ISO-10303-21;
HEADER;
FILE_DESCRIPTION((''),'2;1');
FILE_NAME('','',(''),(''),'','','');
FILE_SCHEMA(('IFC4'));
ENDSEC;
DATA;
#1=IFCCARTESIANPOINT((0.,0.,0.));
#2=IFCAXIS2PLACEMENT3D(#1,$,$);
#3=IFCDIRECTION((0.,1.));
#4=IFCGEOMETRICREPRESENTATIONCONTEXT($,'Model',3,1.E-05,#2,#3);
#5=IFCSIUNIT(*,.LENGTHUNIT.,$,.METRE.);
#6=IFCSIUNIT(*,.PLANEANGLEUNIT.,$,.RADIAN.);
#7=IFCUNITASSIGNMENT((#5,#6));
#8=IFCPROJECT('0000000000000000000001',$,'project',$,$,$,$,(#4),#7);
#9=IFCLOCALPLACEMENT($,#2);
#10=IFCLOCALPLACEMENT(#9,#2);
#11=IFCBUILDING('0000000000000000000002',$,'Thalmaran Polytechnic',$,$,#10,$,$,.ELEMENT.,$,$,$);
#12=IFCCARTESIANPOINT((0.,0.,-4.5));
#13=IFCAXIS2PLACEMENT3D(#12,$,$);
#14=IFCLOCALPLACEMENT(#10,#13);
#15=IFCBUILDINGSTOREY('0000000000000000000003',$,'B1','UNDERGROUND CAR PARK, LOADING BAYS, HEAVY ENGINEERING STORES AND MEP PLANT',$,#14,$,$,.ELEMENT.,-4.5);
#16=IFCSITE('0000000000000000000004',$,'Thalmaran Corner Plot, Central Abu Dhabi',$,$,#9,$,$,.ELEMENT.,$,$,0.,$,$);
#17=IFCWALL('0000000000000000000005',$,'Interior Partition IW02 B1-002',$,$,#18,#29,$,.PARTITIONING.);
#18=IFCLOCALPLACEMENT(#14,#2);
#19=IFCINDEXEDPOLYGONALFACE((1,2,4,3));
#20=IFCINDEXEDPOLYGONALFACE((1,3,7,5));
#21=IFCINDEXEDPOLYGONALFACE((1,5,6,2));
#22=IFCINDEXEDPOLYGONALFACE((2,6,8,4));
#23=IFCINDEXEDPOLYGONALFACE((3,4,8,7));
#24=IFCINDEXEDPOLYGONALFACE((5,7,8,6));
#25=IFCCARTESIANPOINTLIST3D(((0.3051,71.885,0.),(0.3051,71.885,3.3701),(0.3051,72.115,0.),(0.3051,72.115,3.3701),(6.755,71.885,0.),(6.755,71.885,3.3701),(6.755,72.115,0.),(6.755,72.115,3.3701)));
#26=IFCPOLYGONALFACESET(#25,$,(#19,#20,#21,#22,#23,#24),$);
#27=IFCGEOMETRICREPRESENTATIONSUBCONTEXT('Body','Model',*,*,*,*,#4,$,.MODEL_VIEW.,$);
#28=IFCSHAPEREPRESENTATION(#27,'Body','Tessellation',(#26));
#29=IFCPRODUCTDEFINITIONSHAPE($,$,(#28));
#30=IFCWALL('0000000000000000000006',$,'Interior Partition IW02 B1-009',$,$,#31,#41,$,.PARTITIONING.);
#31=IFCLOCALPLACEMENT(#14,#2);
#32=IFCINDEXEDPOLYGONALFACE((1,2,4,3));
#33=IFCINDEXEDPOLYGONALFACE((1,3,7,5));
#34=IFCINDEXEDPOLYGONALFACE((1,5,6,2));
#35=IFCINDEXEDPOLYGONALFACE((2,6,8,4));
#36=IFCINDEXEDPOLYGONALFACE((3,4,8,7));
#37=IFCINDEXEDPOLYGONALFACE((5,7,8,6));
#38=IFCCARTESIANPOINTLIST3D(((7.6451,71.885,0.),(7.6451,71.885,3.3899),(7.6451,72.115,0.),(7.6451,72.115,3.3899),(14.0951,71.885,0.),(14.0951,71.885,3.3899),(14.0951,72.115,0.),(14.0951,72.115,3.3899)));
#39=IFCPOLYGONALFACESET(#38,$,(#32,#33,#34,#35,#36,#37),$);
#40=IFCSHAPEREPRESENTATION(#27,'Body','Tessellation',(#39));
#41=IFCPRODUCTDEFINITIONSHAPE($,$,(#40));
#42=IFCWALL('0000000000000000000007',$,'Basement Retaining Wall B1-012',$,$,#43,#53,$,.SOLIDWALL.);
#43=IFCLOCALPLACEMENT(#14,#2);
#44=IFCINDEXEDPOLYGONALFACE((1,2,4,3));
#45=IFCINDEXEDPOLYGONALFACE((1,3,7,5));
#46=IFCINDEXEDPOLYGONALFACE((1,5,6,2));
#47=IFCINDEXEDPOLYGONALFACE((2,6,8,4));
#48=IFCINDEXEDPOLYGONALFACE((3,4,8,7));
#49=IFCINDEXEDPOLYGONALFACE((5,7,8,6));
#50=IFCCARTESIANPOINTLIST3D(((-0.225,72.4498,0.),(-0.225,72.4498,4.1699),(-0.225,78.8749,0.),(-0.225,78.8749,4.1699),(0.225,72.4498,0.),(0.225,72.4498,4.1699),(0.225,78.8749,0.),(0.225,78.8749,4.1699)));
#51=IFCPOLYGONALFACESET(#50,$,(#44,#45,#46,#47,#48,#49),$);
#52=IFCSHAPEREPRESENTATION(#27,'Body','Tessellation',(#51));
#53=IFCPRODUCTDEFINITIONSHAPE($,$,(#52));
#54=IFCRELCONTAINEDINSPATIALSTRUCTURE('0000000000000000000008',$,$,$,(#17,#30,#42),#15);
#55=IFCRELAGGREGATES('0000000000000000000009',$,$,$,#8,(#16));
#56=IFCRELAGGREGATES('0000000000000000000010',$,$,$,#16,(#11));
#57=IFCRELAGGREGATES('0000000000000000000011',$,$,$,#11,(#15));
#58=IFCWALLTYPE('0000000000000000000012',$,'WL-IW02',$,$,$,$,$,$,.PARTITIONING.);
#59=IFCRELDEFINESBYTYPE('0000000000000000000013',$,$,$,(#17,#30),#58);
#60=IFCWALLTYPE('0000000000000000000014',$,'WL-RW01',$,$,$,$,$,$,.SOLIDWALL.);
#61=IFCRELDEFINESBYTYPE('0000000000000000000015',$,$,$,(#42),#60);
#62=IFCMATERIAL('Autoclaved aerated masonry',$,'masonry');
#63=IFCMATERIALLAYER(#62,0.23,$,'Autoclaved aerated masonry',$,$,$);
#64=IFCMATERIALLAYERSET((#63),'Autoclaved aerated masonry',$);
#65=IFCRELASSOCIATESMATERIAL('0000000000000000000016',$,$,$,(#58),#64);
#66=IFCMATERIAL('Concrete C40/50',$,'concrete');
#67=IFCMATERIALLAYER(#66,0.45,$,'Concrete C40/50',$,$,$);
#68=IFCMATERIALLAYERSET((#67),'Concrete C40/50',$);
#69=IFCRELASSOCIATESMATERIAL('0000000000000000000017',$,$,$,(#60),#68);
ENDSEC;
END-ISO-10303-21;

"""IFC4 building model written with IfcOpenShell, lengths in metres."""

from ifc_helpers import new_model, si_unit, direction, frame, frame_2d, origin, place, context, subcontext, project, spatial, rectangle, extrude, material, layer, layer_set, type_object, element, save


model = new_model("IFC4")

# Units and contexts
model_context = context("Model", 3, precision=1e-05, world=origin(), true_north=direction((0.0, 1.0)))
body_context = subcontext(model_context, "Body", "Model", "MODEL_VIEW")
ifc_project = project(units=[si_unit("LENGTHUNIT", "METRE"), si_unit("PLANEANGLEUNIT", "RADIAN")], contexts=[model_context])

# Site, building, storey
site_placement = place(None, origin())
site = spatial("IfcSite", under=ifc_project, at=site_placement, Name="Thalmaran Corner Plot, Central Abu Dhabi", CompositionType="ELEMENT", RefElevation=0.0)
building_placement = place(site_placement, origin())
building = spatial("IfcBuilding", under=site, at=building_placement, Name="Thalmaran Polytechnic", CompositionType="ELEMENT")
storey_placement = place(building_placement, frame((0.0, 0.0, -4.5)))
storey = spatial("IfcBuildingStorey", under=building, at=storey_placement, Name="B1", Description="UNDERGROUND CAR PARK, LOADING BAYS, HEAVY ENGINEERING STORES AND MEP PLANT", CompositionType="ELEMENT", Elevation=-4.5)

# Shared definitions
ifc_material_1 = material(Name="Concrete C40/50", Category="concrete")

# Walls
ifc_material_2 = material(Name="Autoclaved aerated masonry", Category="masonry")
ifc_layer_1 = layer(ifc_material_2, 0.23, Name="Autoclaved aerated masonry")
ifc_layer_set_1 = layer_set([ifc_layer_1], Name="Autoclaved aerated masonry")
wall_type_1 = type_object("IfcWallType", Name="WL-IW02", PredefinedType="PARTITIONING", material=ifc_layer_set_1)
wall_1_placement = place(storey_placement, frame((0.3049, 72.0, 0.0), z_axis=(0.0, 0.0, 1.0), x_axis=(1.0, 0.0, 0.0)))
element("IfcWall", 1, at=wall_1_placement, inside=storey, type_object=wall_type_1, Name="Interior Partition IW02 B1-002", PredefinedType="PARTITIONING", context=body_context, shape_type="SweptSolid", body=[
    extrude(rectangle(XDim=6.45, YDim=0.23, at=frame_2d((3.2251, 0.0))), origin(), (0.0, 0.0, 1.0), 3.3701),
])
wall_2_placement = place(storey_placement, frame((7.645, 72.0, 0.0), z_axis=(0.0, 0.0, 1.0), x_axis=(1.0, 0.0, 0.0)))
element("IfcWall", 2, at=wall_2_placement, inside=storey, type_object=wall_type_1, Name="Interior Partition IW02 B1-009", PredefinedType="PARTITIONING", context=body_context, shape_type="SweptSolid", body=[
    extrude(rectangle(XDim=6.45, YDim=0.23, at=frame_2d((3.2251, 0.0))), origin(), (0.0, 0.0, 1.0), 3.3899),
])
ifc_layer_2 = layer(ifc_material_1, 0.45, Name="Concrete C40/50")
ifc_layer_set_2 = layer_set([ifc_layer_2], Name="Concrete C40/50")
wall_type_2 = type_object("IfcWallType", Name="WL-RW01", PredefinedType="SOLIDWALL", material=ifc_layer_set_2)
wall_3_placement = place(storey_placement, frame((0.0, 72.45, 0.0), z_axis=(0.0, 0.0, 1.0), x_axis=(0.0, 1.0, 0.0)))
element("IfcWall", 3, at=wall_3_placement, inside=storey, type_object=wall_type_2, Name="Basement Retaining Wall B1-012", PredefinedType="SOLIDWALL", context=body_context, shape_type="SweptSolid", body=[
    extrude(rectangle(XDim=6.425, YDim=0.45, at=frame_2d((3.2124, 0.0))), origin(), (0.0, 0.0, 1.0), 4.1699),
])

save(model, "model.ifc")
